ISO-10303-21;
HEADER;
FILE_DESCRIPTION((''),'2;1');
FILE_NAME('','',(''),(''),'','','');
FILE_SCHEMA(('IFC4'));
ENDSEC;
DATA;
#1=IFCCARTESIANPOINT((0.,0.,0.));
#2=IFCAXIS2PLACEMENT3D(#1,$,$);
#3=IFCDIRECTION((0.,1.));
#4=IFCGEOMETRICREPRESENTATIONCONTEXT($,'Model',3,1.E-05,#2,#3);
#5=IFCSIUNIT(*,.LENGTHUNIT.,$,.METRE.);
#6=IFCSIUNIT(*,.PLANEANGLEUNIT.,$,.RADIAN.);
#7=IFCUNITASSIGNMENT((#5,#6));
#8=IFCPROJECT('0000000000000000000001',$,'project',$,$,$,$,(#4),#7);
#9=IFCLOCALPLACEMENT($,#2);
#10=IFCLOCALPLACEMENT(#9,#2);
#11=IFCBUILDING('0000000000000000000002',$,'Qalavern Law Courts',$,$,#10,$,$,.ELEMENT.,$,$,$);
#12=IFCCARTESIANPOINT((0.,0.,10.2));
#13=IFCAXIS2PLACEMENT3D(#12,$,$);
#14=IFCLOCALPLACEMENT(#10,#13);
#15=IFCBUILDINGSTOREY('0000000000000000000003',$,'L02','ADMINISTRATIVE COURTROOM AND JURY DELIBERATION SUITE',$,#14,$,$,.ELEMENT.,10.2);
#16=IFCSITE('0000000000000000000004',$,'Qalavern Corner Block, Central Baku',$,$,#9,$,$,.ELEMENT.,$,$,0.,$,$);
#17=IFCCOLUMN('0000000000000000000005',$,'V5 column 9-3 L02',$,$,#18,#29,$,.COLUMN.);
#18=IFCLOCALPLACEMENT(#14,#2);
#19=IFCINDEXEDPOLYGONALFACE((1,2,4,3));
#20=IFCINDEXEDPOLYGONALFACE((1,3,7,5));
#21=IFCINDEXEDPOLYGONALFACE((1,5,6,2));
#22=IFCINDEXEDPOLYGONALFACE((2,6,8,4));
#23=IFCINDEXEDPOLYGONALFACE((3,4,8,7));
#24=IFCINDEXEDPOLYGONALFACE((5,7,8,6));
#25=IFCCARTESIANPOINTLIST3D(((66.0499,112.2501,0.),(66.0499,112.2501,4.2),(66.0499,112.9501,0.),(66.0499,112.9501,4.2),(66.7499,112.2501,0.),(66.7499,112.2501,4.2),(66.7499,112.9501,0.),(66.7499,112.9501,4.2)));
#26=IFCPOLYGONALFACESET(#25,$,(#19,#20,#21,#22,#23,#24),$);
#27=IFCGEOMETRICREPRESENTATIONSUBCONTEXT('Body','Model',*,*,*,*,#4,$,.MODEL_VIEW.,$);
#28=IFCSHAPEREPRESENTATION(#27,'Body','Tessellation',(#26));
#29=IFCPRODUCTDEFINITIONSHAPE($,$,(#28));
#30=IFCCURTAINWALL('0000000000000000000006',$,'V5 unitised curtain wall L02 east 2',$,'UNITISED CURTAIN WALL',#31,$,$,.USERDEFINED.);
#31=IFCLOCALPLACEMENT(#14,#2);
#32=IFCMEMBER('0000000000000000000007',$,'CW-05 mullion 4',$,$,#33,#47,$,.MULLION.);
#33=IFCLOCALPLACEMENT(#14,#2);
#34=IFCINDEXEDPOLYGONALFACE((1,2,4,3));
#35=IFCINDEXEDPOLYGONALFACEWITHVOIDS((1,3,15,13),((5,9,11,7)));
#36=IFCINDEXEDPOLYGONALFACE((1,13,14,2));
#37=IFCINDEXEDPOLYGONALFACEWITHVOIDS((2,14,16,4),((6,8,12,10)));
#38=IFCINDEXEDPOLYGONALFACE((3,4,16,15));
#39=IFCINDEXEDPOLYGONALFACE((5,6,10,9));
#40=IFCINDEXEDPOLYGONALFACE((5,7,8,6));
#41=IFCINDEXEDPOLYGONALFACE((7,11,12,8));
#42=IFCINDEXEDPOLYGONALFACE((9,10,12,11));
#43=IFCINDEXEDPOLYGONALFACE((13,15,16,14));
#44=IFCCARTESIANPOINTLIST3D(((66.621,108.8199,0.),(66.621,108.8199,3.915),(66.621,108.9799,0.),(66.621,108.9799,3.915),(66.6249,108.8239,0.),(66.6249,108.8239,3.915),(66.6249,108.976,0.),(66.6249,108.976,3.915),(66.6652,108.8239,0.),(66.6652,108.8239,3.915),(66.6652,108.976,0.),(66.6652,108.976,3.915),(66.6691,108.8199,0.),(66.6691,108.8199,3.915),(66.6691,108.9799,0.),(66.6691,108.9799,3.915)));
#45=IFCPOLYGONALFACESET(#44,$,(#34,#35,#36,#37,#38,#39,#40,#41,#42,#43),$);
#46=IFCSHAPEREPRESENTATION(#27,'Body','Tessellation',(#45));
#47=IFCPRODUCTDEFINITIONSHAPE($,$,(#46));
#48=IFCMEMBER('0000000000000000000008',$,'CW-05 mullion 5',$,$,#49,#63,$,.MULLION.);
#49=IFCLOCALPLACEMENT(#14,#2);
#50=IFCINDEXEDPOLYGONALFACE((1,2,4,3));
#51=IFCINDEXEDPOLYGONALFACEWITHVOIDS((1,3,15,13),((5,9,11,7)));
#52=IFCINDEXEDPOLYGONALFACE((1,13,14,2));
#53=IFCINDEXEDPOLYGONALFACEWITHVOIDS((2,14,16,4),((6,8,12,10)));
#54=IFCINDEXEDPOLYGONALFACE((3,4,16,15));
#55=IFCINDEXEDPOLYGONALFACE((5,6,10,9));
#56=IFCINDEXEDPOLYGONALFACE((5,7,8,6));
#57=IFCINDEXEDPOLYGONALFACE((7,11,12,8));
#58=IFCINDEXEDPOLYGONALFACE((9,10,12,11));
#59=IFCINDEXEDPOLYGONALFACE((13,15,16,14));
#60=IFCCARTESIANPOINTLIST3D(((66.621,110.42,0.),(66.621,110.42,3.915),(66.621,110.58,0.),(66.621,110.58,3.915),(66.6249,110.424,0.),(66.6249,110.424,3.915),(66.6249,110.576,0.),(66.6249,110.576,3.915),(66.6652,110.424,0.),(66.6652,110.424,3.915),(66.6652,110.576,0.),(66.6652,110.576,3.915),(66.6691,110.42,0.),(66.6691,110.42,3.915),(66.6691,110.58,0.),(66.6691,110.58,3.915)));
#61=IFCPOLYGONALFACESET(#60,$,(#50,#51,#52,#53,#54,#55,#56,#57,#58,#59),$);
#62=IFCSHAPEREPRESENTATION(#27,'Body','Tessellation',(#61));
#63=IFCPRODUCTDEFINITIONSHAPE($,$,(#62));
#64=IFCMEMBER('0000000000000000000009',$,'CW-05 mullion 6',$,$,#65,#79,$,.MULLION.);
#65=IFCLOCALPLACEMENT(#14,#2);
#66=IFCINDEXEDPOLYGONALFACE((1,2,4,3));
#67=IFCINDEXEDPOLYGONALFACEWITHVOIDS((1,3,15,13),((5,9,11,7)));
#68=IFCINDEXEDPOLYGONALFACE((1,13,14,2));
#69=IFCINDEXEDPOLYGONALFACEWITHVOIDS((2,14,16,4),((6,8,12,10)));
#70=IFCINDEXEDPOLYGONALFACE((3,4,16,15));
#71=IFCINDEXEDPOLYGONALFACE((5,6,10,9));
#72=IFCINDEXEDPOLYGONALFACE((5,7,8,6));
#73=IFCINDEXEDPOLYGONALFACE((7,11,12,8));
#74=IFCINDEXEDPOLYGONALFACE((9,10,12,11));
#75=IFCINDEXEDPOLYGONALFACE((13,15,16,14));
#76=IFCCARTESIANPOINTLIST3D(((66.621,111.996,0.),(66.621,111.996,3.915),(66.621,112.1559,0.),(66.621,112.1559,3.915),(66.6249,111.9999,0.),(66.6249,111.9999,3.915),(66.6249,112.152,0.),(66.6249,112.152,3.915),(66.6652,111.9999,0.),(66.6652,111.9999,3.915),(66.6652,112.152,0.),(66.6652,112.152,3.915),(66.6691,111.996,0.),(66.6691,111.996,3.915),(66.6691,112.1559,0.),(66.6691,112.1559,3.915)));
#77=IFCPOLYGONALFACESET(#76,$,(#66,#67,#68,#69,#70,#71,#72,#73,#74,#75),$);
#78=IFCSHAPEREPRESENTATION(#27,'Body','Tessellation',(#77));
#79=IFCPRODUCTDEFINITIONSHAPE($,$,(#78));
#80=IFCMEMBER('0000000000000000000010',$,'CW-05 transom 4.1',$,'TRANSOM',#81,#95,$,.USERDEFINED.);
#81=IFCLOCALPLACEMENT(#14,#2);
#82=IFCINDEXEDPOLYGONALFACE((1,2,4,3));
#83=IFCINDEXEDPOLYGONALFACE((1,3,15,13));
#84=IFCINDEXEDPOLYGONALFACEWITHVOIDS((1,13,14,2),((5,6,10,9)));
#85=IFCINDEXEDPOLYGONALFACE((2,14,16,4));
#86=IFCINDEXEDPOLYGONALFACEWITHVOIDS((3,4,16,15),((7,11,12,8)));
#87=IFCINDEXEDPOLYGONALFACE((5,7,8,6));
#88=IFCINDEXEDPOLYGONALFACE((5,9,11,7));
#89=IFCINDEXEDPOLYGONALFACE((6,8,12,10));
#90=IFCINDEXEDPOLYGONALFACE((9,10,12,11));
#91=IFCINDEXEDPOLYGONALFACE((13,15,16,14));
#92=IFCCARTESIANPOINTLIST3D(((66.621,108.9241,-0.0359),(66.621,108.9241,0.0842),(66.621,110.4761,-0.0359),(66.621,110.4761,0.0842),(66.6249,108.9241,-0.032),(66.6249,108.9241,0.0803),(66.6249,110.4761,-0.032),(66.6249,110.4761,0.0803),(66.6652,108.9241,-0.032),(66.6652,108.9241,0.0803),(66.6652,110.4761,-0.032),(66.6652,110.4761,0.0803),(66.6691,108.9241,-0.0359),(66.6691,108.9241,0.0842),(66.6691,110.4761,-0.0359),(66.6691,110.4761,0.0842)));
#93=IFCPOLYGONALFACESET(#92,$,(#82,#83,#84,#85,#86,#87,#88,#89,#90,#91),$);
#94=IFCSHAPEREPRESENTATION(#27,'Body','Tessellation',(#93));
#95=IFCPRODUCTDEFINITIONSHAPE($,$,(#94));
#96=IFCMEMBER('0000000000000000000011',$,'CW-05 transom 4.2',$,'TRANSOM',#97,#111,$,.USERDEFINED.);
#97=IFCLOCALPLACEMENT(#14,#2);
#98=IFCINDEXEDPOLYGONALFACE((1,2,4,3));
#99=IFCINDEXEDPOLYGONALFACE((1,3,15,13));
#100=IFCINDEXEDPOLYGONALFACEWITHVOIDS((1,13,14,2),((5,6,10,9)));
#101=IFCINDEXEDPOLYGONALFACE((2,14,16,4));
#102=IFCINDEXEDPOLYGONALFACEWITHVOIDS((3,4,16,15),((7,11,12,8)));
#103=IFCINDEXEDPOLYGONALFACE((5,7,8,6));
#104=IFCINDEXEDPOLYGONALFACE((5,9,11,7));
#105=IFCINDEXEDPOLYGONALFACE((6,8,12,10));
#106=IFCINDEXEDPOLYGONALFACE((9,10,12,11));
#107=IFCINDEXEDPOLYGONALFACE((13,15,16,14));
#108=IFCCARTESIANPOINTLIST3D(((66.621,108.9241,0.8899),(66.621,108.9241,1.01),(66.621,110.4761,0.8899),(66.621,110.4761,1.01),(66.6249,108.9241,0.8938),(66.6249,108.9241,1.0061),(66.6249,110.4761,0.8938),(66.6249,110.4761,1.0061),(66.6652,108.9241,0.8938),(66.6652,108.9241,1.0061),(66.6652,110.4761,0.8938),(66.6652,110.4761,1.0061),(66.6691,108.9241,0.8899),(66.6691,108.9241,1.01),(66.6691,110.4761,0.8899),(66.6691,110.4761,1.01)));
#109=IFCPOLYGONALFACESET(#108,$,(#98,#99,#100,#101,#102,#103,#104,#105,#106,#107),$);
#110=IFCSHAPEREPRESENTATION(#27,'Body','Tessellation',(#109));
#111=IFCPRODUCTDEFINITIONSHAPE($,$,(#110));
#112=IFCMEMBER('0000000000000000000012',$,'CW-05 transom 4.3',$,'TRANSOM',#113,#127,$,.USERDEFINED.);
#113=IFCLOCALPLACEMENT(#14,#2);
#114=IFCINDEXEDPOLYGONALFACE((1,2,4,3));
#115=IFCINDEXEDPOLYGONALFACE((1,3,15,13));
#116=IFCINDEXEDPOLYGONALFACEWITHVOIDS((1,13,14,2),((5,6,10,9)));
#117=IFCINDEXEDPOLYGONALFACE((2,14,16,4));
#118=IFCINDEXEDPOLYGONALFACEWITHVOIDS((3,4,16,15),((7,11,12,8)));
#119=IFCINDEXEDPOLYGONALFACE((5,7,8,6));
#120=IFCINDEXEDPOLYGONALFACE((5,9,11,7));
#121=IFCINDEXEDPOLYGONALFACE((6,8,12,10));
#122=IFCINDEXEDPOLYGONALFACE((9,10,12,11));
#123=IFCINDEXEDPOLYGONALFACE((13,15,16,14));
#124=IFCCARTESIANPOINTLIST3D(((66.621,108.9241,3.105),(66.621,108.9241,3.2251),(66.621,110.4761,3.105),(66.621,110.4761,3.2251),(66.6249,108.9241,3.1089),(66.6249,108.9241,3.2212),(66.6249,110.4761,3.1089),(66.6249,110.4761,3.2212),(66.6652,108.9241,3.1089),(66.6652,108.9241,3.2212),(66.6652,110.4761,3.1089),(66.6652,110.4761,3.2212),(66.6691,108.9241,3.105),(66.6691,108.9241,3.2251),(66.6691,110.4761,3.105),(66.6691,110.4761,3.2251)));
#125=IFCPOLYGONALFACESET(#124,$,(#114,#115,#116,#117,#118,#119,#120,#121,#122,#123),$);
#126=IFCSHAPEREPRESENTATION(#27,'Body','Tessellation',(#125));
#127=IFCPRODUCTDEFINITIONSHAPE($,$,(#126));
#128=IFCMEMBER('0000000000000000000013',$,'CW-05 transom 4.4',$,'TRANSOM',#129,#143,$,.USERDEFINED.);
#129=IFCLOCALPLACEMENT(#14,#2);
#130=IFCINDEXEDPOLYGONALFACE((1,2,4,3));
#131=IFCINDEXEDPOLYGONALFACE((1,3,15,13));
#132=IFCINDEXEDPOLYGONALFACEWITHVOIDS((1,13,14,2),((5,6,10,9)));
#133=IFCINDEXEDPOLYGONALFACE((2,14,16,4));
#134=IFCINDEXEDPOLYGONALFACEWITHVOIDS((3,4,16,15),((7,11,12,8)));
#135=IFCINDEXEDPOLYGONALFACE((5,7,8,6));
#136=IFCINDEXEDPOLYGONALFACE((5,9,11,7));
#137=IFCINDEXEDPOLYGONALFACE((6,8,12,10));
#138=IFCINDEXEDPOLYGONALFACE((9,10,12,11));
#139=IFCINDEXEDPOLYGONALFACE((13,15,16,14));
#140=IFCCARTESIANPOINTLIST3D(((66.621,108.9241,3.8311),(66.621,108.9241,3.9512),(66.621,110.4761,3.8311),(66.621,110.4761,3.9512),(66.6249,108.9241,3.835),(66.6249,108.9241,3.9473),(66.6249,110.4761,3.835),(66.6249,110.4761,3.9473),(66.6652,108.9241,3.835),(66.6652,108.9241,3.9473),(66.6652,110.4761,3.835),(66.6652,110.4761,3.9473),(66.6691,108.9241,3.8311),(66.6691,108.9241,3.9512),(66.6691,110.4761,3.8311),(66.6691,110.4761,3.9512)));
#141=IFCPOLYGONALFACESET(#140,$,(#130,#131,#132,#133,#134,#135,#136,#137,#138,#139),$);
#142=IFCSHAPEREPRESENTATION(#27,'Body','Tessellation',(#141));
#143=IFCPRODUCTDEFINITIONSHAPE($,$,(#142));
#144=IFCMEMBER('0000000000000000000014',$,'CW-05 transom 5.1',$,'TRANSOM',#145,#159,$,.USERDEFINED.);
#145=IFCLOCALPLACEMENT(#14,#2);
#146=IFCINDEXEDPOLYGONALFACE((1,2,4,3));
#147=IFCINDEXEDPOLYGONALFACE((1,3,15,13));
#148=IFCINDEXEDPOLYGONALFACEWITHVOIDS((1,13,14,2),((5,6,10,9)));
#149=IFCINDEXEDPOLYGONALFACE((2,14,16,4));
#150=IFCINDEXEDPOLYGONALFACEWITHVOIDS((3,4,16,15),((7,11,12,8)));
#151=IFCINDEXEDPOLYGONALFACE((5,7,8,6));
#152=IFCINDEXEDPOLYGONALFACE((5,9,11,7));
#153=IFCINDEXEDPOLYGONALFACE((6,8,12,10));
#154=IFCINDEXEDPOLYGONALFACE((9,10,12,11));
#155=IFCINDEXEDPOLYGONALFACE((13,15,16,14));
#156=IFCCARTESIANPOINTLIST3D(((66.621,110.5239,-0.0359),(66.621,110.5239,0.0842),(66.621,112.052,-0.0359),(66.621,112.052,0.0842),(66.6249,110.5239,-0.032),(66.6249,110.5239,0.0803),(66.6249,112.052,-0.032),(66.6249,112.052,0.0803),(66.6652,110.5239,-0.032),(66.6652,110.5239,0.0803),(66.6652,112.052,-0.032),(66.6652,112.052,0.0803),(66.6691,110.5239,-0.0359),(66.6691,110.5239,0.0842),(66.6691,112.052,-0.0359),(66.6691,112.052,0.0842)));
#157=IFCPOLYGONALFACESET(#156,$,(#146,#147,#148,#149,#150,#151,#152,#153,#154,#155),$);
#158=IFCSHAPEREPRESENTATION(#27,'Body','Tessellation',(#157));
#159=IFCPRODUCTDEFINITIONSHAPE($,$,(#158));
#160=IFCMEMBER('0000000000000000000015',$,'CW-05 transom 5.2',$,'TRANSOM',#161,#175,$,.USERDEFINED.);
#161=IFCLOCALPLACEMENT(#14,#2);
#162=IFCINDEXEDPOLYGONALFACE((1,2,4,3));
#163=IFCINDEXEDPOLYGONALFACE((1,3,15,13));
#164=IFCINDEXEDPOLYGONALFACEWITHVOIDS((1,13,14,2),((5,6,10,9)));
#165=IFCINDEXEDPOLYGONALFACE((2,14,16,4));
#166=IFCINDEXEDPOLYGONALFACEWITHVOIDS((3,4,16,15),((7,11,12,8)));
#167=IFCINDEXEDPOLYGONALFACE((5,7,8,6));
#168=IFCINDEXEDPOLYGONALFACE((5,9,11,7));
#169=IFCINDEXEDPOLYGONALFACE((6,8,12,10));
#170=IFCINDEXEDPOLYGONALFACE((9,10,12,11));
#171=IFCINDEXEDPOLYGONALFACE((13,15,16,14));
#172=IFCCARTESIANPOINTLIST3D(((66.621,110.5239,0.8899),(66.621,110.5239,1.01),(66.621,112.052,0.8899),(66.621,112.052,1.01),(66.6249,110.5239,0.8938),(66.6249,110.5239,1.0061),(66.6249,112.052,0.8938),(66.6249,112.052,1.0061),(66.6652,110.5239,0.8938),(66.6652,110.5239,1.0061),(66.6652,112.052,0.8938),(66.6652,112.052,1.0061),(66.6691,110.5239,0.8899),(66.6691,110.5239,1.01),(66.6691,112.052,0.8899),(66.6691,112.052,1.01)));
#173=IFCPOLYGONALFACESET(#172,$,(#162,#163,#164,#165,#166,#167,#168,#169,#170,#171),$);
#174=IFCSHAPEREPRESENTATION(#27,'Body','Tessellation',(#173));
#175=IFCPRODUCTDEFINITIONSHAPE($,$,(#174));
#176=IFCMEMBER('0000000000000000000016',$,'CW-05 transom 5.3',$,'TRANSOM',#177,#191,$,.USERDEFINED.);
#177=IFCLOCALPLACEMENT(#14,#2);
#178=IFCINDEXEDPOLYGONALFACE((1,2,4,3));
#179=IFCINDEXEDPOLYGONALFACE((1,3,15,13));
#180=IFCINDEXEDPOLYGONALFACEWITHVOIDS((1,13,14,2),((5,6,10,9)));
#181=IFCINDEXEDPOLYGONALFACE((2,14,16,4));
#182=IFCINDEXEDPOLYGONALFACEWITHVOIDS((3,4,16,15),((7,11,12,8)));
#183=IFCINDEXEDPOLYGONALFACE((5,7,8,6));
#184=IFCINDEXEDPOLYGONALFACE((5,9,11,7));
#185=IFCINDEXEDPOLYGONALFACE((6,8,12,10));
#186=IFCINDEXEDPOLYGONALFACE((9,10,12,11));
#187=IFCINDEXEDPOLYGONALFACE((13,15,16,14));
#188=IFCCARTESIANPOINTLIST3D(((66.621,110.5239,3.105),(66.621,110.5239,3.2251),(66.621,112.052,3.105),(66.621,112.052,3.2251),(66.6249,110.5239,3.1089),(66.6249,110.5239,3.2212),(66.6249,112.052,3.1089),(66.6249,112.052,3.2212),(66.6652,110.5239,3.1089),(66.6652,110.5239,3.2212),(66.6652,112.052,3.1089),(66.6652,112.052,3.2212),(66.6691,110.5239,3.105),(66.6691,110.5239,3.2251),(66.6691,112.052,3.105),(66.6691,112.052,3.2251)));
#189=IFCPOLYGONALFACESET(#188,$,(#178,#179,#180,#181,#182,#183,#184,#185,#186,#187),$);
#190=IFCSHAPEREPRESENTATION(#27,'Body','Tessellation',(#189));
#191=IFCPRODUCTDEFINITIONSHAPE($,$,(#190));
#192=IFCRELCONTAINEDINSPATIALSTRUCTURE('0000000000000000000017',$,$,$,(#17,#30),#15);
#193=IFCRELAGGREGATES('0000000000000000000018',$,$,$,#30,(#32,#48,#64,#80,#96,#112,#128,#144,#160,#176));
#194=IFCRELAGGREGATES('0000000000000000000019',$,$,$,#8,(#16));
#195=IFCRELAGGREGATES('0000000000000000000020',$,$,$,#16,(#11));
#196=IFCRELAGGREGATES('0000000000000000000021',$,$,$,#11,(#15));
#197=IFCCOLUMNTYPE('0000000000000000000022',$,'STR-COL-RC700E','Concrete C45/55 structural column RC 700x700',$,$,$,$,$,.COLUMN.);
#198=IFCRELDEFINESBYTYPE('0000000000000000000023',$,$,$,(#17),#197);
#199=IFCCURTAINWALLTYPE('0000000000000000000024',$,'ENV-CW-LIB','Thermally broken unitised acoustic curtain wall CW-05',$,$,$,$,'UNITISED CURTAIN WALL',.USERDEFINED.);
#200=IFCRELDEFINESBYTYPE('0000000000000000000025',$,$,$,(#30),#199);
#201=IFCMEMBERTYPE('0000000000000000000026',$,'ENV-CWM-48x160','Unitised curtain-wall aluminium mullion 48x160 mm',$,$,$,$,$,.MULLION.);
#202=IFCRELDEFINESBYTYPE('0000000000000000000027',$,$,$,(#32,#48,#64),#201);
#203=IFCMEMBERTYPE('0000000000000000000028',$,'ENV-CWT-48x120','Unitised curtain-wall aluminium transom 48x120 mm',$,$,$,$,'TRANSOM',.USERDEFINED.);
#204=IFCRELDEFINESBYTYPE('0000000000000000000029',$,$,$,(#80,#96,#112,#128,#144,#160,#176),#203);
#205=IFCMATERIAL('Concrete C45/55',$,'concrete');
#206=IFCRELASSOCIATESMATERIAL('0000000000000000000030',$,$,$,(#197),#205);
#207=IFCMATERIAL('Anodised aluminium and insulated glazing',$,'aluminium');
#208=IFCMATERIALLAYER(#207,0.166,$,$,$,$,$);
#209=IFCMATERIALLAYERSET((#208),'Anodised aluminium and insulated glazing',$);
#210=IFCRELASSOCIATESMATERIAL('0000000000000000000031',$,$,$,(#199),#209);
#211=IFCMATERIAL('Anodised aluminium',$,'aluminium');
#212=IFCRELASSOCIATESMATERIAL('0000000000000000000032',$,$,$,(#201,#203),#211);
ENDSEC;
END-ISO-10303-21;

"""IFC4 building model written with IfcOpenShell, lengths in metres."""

from ifc_helpers import new_model, si_unit, direction, frame, origin, origin_2d, place, context, subcontext, project, spatial, rectangle, hollow_rectangle, extrude, material, layer, layer_set, material_profile, profile_set, type_object, element, aggregate, save


model = new_model("IFC4")

# Units and contexts
model_context = context("Model", 3, precision=1e-05, world=origin(), true_north=direction((0.0, 1.0)))
body_context = subcontext(model_context, "Body", "Model", "MODEL_VIEW")
ifc_project = project(units=[si_unit("LENGTHUNIT", "METRE"), si_unit("PLANEANGLEUNIT", "RADIAN")], contexts=[model_context])

# Site, building, storey
site_placement = place(None, origin())
site = spatial("IfcSite", under=ifc_project, at=site_placement, Name="Qalavern Corner Block, Central Baku", CompositionType="ELEMENT", RefElevation=0.0)
building_placement = place(site_placement, origin())
building = spatial("IfcBuilding", under=site, at=building_placement, Name="Qalavern Law Courts", CompositionType="ELEMENT")
storey_placement = place(building_placement, frame((0.0, 0.0, 10.2)))
storey = spatial("IfcBuildingStorey", under=building, at=storey_placement, Name="L02", Description="ADMINISTRATIVE COURTROOM AND JURY DELIBERATION SUITE", CompositionType="ELEMENT", Elevation=10.2)

# Column
ifc_material_1 = material(Name="Concrete C45/55", Category="concrete")
ifc_material_profile_1 = material_profile(ifc_material_1, rectangle(XDim=0.7, YDim=0.7, at=origin_2d()), Name="RC 700x700")
ifc_profile_set_1 = profile_set([ifc_material_profile_1], Name="Concrete C45/55")
column_type = type_object("IfcColumnType", Name="STR-COL-RC700E", Description="Concrete C45/55 structural column RC 700x700", PredefinedType="COLUMN", material=ifc_profile_set_1)
column_placement = place(storey_placement, frame((66.3999, 112.6001, 0.0), z_axis=(0.0, 0.0, 1.0), x_axis=(1.0, 0.0, 0.0)))
element("IfcColumn", 1, at=column_placement, inside=storey, type_object=column_type, Name="V5 column 9-3 L02", PredefinedType="COLUMN", context=body_context, shape_type="SweptSolid", body=[
    extrude(rectangle(XDim=0.7, YDim=0.7, at=origin_2d()), origin(), (0.0, 0.0, 1.0), 4.2),
])

# Curtain wall, members
ifc_material_2 = material(Name="Anodised aluminium and insulated glazing", Category="aluminium")
ifc_layer_1 = layer(ifc_material_2, 0.166)
ifc_layer_set_1 = layer_set([ifc_layer_1], Name="Anodised aluminium and insulated glazing")
curtain_wall_type = type_object("IfcCurtainWallType", Name="ENV-CW-LIB", Description="Thermally broken unitised acoustic curtain wall CW-05", ElementType="UNITISED CURTAIN WALL", PredefinedType="USERDEFINED", material=ifc_layer_set_1)
curtain_wall_placement = place(storey_placement, origin())
curtain_wall = element("IfcCurtainWall", 2, at=curtain_wall_placement, inside=storey, type_object=curtain_wall_type, Name="V5 unitised curtain wall L02 east 2", ObjectType="UNITISED CURTAIN WALL", PredefinedType="USERDEFINED")
ifc_material_3 = material(Name="Anodised aluminium", Category="aluminium")
ifc_material_profile_2 = material_profile(ifc_material_3, hollow_rectangle(XDim=0.0481, YDim=0.1599, WallThickness=0.0039, at=origin_2d()), Name="ALU MULLION 48x160")
ifc_profile_set_2 = profile_set([ifc_material_profile_2], Name="Anodised aluminium")
member_type_1 = type_object("IfcMemberType", Name="ENV-CWM-48x160", Description="Unitised curtain-wall aluminium mullion 48x160 mm", PredefinedType="MULLION", material=ifc_profile_set_2)
member_1_placement = place(storey_placement, frame((66.645, 108.8999, 0.0), z_axis=(0.0, 0.0, 1.0), x_axis=(-1.0, 0.0, 0.0)))
member_1 = element("IfcMember", 3, at=member_1_placement, type_object=member_type_1, Name="CW-05 mullion 4", PredefinedType="MULLION", context=body_context, shape_type="SweptSolid", body=[
    extrude(hollow_rectangle(XDim=0.0481, YDim=0.1599, WallThickness=0.0039, at=origin_2d()), origin(), (0.0, 0.0, 1.0), 3.915),
])
member_2_placement = place(storey_placement, frame((66.645, 110.5, 0.0), z_axis=(0.0, 0.0, 1.0), x_axis=(-1.0, 0.0, 0.0)))
member_2 = element("IfcMember", 4, at=member_2_placement, type_object=member_type_1, Name="CW-05 mullion 5", PredefinedType="MULLION", context=body_context, shape_type="SweptSolid", body=[
    extrude(hollow_rectangle(XDim=0.0481, YDim=0.1599, WallThickness=0.0039, at=origin_2d()), origin(), (0.0, 0.0, 1.0), 3.915),
])
member_3_placement = place(storey_placement, frame((66.645, 112.0759, 0.0), z_axis=(0.0, 0.0, 1.0), x_axis=(-1.0, 0.0, 0.0)))
member_3 = element("IfcMember", 5, at=member_3_placement, type_object=member_type_1, Name="CW-05 mullion 6", PredefinedType="MULLION", context=body_context, shape_type="SweptSolid", body=[
    extrude(hollow_rectangle(XDim=0.0481, YDim=0.1599, WallThickness=0.0039, at=origin_2d()), origin(), (0.0, 0.0, 1.0), 3.915),
])
ifc_material_profile_3 = material_profile(ifc_material_3, hollow_rectangle(XDim=0.0481, YDim=0.1201, WallThickness=0.0039, at=origin_2d()), Name="ALU TRANSOM 48x120")
ifc_profile_set_3 = profile_set([ifc_material_profile_3], Name="Anodised aluminium")
member_type_2 = type_object("IfcMemberType", Name="ENV-CWT-48x120", Description="Unitised curtain-wall aluminium transom 48x120 mm", ElementType="TRANSOM", PredefinedType="USERDEFINED", material=ifc_profile_set_3)
member_4_placement = place(storey_placement, frame((66.645, 108.9241, 0.0242), z_axis=(0.0, 1.0, 0.0), x_axis=(-1.0, 0.0, 0.0)))
member_4 = element("IfcMember", 6, at=member_4_placement, type_object=member_type_2, Name="CW-05 transom 4.1", ObjectType="TRANSOM", PredefinedType="USERDEFINED", context=body_context, shape_type="SweptSolid", body=[
    extrude(hollow_rectangle(XDim=0.0481, YDim=0.1201, WallThickness=0.0039, at=origin_2d()), origin(), (0.0, 0.0, 1.0), 1.552),
])
member_5_placement = place(storey_placement, frame((66.645, 108.9241, 0.95), z_axis=(0.0, 1.0, 0.0), x_axis=(-1.0, 0.0, 0.0)))
member_5 = element("IfcMember", 7, at=member_5_placement, type_object=member_type_2, Name="CW-05 transom 4.2", ObjectType="TRANSOM", PredefinedType="USERDEFINED", context=body_context, shape_type="SweptSolid", body=[
    extrude(hollow_rectangle(XDim=0.0481, YDim=0.1201, WallThickness=0.0039, at=origin_2d()), origin(), (0.0, 0.0, 1.0), 1.552),
])
member_6_placement = place(storey_placement, frame((66.645, 108.9241, 3.165), z_axis=(0.0, 1.0, 0.0), x_axis=(-1.0, 0.0, 0.0)))
member_6 = element("IfcMember", 8, at=member_6_placement, type_object=member_type_2, Name="CW-05 transom 4.3", ObjectType="TRANSOM", PredefinedType="USERDEFINED", context=body_context, shape_type="SweptSolid", body=[
    extrude(hollow_rectangle(XDim=0.0481, YDim=0.1201, WallThickness=0.0039, at=origin_2d()), origin(), (0.0, 0.0, 1.0), 1.552),
])
member_7_placement = place(storey_placement, frame((66.645, 108.9241, 3.8911), z_axis=(0.0, 1.0, 0.0), x_axis=(-1.0, 0.0, 0.0)))
member_7 = element("IfcMember", 9, at=member_7_placement, type_object=member_type_2, Name="CW-05 transom 4.4", ObjectType="TRANSOM", PredefinedType="USERDEFINED", context=body_context, shape_type="SweptSolid", body=[
    extrude(hollow_rectangle(XDim=0.0481, YDim=0.1201, WallThickness=0.0039, at=origin_2d()), origin(), (0.0, 0.0, 1.0), 1.552),
])
member_8_placement = place(storey_placement, frame((66.645, 110.5239, 0.0242), z_axis=(0.0, 1.0, 0.0), x_axis=(-1.0, 0.0, 0.0)))
member_8 = element("IfcMember", 10, at=member_8_placement, type_object=member_type_2, Name="CW-05 transom 5.1", ObjectType="TRANSOM", PredefinedType="USERDEFINED", context=body_context, shape_type="SweptSolid", body=[
    extrude(hollow_rectangle(XDim=0.0481, YDim=0.1201, WallThickness=0.0039, at=origin_2d()), origin(), (0.0, 0.0, 1.0), 1.5281),
])
member_9_placement = place(storey_placement, frame((66.645, 110.5239, 0.95), z_axis=(0.0, 1.0, 0.0), x_axis=(-1.0, 0.0, 0.0)))
member_9 = element("IfcMember", 11, at=member_9_placement, type_object=member_type_2, Name="CW-05 transom 5.2", ObjectType="TRANSOM", PredefinedType="USERDEFINED", context=body_context, shape_type="SweptSolid", body=[
    extrude(hollow_rectangle(XDim=0.0481, YDim=0.1201, WallThickness=0.0039, at=origin_2d()), origin(), (0.0, 0.0, 1.0), 1.5281),
])
member_10_placement = place(storey_placement, frame((66.645, 110.5239, 3.165), z_axis=(0.0, 1.0, 0.0), x_axis=(-1.0, 0.0, 0.0)))
member_10 = element("IfcMember", 12, at=member_10_placement, type_object=member_type_2, Name="CW-05 transom 5.3", ObjectType="TRANSOM", PredefinedType="USERDEFINED", context=body_context, shape_type="SweptSolid", body=[
    extrude(hollow_rectangle(XDim=0.0481, YDim=0.1201, WallThickness=0.0039, at=origin_2d()), origin(), (0.0, 0.0, 1.0), 1.5281),
])
aggregate(curtain_wall, [member_1, member_2, member_3, member_4, member_5, member_6, member_7, member_8, member_9, member_10])

save(model, "model.ifc")
